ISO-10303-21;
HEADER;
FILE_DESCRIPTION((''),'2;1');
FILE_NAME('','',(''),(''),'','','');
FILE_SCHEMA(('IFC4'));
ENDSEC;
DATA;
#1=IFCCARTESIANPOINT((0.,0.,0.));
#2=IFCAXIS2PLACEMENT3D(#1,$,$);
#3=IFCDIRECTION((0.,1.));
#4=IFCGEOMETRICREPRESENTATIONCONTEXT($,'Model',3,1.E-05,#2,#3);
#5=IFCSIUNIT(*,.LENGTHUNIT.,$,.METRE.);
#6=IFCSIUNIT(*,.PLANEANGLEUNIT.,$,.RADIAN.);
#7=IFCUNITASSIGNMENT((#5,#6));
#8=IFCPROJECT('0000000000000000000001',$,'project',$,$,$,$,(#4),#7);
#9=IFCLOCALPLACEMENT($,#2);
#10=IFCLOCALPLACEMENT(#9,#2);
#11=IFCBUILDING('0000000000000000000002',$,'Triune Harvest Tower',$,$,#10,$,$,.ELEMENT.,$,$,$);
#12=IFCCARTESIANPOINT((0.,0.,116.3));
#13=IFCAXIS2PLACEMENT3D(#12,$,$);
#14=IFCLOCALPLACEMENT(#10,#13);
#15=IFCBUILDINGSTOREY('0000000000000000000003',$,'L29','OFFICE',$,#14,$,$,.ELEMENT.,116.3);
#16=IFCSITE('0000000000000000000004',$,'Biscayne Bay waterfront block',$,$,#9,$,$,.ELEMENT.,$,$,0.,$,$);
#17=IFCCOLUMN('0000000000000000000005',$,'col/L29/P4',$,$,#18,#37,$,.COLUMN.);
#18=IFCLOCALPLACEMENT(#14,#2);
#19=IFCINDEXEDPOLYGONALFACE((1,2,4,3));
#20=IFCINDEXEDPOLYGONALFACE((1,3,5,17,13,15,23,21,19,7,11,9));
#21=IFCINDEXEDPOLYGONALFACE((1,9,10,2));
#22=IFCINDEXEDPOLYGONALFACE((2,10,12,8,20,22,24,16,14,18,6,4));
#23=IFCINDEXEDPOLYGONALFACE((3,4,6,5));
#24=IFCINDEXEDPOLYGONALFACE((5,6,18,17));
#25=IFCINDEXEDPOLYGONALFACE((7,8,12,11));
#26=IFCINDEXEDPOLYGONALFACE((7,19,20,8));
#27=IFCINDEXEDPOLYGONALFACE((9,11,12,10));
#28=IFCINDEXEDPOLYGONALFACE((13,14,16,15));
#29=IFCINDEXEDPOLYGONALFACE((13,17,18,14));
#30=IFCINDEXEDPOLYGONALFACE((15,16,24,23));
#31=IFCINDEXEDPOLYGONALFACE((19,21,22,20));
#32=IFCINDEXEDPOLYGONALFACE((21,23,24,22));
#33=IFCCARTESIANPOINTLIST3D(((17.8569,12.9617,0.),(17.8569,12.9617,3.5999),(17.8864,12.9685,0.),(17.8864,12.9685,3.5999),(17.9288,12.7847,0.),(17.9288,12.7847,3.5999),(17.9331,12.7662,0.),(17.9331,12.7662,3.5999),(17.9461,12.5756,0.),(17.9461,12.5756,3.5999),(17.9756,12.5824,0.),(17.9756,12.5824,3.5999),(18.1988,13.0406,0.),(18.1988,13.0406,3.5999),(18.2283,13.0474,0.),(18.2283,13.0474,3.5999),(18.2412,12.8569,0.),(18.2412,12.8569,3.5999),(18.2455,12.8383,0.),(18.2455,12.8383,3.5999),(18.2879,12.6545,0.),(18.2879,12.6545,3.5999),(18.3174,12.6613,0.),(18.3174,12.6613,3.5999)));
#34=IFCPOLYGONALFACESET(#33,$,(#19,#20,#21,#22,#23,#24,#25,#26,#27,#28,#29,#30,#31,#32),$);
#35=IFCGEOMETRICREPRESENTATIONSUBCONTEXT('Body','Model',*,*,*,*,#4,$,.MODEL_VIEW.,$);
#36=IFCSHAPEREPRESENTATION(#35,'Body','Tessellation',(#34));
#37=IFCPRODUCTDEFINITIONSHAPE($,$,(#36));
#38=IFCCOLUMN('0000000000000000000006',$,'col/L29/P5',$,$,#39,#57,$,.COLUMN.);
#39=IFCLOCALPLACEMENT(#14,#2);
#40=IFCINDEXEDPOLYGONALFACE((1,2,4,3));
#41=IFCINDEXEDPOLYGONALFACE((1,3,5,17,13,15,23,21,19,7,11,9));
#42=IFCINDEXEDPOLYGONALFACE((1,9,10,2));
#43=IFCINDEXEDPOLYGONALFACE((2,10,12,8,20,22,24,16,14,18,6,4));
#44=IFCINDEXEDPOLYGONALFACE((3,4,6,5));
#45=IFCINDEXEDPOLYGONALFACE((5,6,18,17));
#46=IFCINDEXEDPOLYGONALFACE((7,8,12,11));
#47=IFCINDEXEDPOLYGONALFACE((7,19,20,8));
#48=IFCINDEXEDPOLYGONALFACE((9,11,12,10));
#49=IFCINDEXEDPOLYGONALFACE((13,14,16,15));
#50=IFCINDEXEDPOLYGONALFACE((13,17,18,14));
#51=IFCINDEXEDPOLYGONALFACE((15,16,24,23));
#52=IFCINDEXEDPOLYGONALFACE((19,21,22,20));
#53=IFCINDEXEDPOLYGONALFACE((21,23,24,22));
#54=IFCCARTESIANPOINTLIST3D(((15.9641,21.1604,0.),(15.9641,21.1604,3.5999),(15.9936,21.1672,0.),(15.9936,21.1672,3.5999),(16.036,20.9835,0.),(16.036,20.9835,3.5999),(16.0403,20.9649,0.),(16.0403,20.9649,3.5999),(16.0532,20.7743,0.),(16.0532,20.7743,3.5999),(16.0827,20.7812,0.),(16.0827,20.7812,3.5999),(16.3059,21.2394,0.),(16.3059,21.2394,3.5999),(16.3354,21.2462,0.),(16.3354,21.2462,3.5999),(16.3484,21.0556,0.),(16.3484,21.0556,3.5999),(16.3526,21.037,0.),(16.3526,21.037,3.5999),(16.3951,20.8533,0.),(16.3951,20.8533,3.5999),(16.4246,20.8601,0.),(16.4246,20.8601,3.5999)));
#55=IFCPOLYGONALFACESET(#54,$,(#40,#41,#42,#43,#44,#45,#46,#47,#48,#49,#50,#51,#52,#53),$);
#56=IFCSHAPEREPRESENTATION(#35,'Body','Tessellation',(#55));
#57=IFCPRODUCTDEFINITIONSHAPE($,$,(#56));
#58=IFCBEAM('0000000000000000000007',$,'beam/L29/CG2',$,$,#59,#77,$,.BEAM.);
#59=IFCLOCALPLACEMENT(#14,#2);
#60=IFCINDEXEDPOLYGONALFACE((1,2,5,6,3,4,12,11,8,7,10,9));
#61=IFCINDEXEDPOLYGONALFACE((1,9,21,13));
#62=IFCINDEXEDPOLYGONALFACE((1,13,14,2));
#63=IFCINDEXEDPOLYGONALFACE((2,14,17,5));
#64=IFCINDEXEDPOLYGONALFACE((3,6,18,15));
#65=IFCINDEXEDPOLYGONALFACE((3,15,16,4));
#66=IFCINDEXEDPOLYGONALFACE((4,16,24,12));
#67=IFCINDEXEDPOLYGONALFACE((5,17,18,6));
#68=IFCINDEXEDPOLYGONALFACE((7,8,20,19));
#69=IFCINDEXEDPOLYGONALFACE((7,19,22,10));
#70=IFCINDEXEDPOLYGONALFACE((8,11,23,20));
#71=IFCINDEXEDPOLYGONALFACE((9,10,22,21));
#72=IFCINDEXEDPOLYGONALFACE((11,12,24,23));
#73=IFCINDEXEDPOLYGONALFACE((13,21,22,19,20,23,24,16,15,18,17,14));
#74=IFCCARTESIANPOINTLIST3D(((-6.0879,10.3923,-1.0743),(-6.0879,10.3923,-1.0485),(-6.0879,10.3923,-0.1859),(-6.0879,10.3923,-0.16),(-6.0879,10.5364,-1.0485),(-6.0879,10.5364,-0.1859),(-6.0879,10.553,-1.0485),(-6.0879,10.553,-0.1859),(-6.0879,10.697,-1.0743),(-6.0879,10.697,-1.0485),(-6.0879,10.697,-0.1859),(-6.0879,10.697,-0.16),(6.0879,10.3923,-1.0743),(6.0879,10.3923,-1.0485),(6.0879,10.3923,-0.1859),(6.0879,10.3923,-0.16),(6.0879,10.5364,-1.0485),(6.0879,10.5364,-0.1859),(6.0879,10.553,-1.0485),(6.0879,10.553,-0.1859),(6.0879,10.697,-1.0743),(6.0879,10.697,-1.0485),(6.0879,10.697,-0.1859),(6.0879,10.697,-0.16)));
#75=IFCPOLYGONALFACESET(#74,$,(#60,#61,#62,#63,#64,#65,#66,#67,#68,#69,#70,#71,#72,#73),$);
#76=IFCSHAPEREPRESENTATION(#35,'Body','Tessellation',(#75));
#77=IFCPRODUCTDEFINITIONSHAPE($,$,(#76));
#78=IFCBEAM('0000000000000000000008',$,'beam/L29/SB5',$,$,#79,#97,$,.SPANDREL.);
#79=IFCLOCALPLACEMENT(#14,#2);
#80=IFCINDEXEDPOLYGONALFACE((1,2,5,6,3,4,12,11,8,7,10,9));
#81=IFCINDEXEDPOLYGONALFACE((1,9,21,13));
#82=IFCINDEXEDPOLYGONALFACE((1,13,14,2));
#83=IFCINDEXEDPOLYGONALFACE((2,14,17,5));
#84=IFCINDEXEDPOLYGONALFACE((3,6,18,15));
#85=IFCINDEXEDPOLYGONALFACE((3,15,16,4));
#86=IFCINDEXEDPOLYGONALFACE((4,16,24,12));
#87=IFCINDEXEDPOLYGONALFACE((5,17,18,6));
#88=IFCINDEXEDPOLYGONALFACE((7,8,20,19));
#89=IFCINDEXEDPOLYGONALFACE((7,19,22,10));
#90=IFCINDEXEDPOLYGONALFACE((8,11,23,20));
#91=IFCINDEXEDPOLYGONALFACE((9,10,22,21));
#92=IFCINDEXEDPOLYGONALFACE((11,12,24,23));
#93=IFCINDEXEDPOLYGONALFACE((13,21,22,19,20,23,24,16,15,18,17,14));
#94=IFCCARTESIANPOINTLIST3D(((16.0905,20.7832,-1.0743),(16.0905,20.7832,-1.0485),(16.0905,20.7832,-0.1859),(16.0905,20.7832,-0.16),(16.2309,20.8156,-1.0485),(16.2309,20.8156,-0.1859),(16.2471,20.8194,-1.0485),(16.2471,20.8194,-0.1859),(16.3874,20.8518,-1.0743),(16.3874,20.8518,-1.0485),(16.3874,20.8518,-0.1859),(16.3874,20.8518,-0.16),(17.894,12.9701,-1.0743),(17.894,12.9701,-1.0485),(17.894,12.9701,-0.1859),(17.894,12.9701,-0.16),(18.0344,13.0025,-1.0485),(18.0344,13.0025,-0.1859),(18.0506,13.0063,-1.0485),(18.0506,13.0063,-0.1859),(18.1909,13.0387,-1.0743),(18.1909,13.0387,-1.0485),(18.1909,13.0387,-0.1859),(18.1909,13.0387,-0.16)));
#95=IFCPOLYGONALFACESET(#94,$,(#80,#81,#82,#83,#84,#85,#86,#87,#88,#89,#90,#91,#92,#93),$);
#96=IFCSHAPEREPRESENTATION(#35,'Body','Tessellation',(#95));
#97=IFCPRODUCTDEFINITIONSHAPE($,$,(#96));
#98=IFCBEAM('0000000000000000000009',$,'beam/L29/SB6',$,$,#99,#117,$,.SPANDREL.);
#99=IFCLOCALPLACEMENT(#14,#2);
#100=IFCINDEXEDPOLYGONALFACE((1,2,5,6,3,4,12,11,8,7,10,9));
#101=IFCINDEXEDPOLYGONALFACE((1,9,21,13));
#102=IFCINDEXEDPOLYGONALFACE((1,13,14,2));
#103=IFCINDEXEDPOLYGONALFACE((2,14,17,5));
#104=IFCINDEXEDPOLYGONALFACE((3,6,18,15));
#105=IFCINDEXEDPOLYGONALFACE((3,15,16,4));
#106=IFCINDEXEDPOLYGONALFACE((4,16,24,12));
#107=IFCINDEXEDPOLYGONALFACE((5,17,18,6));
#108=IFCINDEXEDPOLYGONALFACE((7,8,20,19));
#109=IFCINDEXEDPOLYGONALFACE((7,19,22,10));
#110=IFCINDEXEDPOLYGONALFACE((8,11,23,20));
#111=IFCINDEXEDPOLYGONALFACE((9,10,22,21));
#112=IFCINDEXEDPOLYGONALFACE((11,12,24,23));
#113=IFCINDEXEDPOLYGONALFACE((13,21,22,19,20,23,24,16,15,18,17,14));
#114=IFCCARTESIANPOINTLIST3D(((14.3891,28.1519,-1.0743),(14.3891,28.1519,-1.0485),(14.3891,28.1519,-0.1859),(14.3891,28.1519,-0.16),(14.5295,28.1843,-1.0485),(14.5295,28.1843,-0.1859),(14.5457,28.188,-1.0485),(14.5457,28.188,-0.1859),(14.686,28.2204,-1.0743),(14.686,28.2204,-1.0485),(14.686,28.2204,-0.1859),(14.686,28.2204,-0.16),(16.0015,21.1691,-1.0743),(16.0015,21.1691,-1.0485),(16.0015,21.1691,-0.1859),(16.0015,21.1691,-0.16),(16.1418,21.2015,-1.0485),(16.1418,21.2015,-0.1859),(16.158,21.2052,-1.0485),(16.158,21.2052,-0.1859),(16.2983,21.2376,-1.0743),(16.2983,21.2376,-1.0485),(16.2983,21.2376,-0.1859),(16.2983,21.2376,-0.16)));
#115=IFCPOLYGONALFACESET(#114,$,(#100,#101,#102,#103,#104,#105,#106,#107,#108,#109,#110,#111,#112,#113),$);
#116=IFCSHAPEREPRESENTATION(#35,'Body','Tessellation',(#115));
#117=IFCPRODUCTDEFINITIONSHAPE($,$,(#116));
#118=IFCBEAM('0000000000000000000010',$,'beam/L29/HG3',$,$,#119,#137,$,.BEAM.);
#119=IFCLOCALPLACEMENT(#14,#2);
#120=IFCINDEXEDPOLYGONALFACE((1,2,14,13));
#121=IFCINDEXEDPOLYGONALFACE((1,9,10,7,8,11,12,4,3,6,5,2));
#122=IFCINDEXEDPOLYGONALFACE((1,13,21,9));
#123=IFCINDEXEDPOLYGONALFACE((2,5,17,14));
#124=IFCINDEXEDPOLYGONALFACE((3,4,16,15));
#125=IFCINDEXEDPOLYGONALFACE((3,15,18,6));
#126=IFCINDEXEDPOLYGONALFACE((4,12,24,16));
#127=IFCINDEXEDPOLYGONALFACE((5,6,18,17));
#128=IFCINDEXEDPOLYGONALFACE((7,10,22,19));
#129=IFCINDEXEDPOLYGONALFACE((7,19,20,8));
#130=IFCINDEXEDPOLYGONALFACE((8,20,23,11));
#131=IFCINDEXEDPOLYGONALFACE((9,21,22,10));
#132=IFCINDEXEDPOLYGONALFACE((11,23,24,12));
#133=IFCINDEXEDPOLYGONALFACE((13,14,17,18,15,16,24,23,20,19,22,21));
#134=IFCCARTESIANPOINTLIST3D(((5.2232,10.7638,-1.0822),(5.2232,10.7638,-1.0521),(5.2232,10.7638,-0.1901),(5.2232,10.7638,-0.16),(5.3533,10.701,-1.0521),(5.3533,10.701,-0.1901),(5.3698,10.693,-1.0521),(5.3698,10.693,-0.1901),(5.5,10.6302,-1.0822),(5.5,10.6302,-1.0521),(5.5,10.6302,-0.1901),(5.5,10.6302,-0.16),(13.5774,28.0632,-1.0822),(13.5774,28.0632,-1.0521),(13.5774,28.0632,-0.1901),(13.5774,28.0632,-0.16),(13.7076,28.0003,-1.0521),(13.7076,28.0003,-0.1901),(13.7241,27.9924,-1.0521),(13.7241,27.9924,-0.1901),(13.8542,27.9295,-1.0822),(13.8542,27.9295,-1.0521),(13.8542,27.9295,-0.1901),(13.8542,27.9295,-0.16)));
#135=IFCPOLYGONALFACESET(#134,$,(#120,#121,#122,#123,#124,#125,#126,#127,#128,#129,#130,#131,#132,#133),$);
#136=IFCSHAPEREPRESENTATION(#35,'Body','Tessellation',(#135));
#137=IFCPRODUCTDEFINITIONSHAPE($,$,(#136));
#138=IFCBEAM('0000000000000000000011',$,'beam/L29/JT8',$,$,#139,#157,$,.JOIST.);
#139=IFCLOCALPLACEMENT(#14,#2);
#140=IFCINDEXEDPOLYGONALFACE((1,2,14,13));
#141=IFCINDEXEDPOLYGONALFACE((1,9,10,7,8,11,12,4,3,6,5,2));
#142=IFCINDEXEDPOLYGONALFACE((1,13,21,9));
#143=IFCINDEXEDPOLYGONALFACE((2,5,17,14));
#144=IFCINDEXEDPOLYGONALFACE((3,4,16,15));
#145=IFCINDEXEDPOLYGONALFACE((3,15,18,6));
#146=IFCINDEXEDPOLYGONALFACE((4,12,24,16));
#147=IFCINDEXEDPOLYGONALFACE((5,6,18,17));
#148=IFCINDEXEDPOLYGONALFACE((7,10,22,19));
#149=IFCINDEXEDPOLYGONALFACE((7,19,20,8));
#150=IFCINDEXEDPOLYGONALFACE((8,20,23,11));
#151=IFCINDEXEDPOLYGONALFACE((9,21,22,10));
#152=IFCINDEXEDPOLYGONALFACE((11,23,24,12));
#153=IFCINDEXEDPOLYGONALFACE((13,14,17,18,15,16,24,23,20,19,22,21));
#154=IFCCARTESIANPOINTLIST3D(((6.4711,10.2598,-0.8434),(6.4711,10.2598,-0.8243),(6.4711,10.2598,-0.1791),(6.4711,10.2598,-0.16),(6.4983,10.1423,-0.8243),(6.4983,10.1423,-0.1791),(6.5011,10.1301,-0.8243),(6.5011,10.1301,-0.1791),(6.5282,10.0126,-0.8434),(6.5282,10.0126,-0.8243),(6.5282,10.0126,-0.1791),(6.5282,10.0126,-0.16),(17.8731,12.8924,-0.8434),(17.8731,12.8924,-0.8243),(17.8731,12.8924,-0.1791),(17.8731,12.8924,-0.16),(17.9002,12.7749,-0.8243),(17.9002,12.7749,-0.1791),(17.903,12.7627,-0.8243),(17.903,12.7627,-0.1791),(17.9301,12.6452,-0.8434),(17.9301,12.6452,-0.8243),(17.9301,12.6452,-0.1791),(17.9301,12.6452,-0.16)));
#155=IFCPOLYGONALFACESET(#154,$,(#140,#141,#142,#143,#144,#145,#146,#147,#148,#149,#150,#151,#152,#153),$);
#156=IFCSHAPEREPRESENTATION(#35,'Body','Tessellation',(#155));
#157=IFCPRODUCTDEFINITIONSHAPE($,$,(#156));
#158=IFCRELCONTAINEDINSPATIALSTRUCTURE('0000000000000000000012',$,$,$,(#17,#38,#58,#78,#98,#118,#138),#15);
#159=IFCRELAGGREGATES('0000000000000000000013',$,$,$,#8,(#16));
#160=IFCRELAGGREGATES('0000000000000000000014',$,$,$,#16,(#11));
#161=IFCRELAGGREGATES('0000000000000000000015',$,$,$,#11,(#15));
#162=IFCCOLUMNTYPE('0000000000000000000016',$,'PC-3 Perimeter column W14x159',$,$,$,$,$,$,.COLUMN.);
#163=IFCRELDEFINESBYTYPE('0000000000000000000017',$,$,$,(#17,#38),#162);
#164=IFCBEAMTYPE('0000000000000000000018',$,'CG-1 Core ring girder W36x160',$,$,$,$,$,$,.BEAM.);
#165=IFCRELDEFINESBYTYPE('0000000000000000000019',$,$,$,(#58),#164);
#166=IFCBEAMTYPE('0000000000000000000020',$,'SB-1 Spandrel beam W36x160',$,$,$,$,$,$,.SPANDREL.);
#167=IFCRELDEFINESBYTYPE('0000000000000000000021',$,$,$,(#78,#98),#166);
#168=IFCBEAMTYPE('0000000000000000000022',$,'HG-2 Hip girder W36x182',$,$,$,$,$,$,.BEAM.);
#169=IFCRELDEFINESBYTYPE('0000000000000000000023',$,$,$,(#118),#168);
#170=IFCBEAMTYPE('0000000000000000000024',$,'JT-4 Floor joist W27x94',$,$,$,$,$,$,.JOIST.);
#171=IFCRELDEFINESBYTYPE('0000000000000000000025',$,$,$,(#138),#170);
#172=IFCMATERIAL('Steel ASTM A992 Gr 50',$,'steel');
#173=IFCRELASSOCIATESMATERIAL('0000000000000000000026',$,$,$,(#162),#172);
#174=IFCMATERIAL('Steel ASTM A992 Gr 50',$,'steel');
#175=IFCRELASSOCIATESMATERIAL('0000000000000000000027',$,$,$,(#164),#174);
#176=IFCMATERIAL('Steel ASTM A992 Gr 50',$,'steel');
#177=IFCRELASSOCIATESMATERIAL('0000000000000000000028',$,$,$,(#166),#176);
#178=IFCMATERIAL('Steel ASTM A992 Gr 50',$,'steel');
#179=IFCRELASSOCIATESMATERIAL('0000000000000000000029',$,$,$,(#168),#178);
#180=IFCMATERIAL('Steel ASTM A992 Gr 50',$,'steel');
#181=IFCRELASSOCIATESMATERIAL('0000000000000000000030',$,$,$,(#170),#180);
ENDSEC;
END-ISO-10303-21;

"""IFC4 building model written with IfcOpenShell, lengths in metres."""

from ifc_helpers import new_model, si_unit, direction, frame, origin, origin_2d, place, context, subcontext, project, spatial, i_section, extrude, source, transform, mapped, material, material_profile, profile_set, type_object, element, save


model = new_model("IFC4")

# Units and contexts
model_context = context("Model", 3, precision=1e-05, world=origin(), true_north=direction((0.0, 1.0)))
body_context = subcontext(model_context, "Body", "Model", "MODEL_VIEW")
ifc_project = project(units=[si_unit("LENGTHUNIT", "METRE"), si_unit("PLANEANGLEUNIT", "RADIAN")], contexts=[model_context])

# Site, building, storey
site_placement = place(None, origin())
site = spatial("IfcSite", under=ifc_project, at=site_placement, Name="Biscayne Bay waterfront block", CompositionType="ELEMENT", RefElevation=0.0)
building_placement = place(site_placement, origin())
building = spatial("IfcBuilding", under=site, at=building_placement, Name="Triune Harvest Tower", CompositionType="ELEMENT")
storey_placement = place(building_placement, frame((0.0, 0.0, 116.3)))
storey = spatial("IfcBuildingStorey", under=building, at=storey_placement, Name="L29", Description="OFFICE", CompositionType="ELEMENT", Elevation=116.3)

# Columns
ifc_material_1 = material(Name="Steel ASTM A992 Gr 50", Category="steel")
ifc_material_profile_1 = material_profile(ifc_material_1, i_section(OverallWidth=0.3962, OverallDepth=0.3811, WebThickness=0.019, FlangeThickness=0.0303, at=origin_2d()), Name="W14x159")
ifc_profile_set_1 = profile_set([ifc_material_profile_1], Name="Steel ASTM A992 Gr 50")
column_type = type_object("IfcColumnType", Name="PC-3 Perimeter column W14x159", PredefinedType="COLUMN", material=ifc_profile_set_1)
shared_shape_1 = source(origin(), body_context, "Body", "SweptSolid", [
    extrude(i_section(OverallWidth=0.3962, OverallDepth=0.3811, WebThickness=0.019, FlangeThickness=0.0303, at=origin_2d()), origin(), (0.0, 0.0, 1.0), 3.5999),
])
for number, where, z_axis, x_axis, name in (
    (1, (18.0872, 12.8115, 0.0), (0.0, 0.0, 1.0), (-0.224953, 0.97437, 0.0), "col/L29/P4"),
    (2, (16.1943, 21.0103, 0.0), (0.0, 0.0, 1.0), (-0.224953, 0.97437, 0.0), "col/L29/P5"),
):
    element("IfcColumn", number, at=place(storey_placement, frame(where, z_axis=z_axis, x_axis=x_axis)), inside=storey, type_object=column_type, Name=name, PredefinedType="COLUMN", context=body_context, shape_type="MappedRepresentation", body=[
        mapped(shared_shape_1, transform((0.0, 0.0, 0.0), scale=1.0)),
    ])

# Beams
ifc_material_2 = material(Name="Steel ASTM A992 Gr 50", Category="steel")
ifc_material_profile_2 = material_profile(ifc_material_2, i_section(OverallWidth=0.3047, OverallDepth=0.9143, WebThickness=0.0166, FlangeThickness=0.0259, at=origin_2d()), Name="W36x160")
ifc_profile_set_2 = profile_set([ifc_material_profile_2], Name="Steel ASTM A992 Gr 50")
beam_type_1 = type_object("IfcBeamType", Name="CG-1 Core ring girder W36x160", PredefinedType="BEAM", material=ifc_profile_set_2)
shared_shape_2 = source(origin(), body_context, "Body", "SweptSolid", [
    extrude(i_section(OverallWidth=0.3047, OverallDepth=0.9143, WebThickness=0.0166, FlangeThickness=0.0259, at=origin_2d()), origin(), (0.0, 0.0, 1.0), 12.1758),
])
beam_1_placement = place(storey_placement, frame((6.0879, 10.5447, -0.6172), z_axis=(-1.0, 0.0, 0.0), x_axis=(0.0, -1.0, 0.0)))
element("IfcBeam", 3, at=beam_1_placement, inside=storey, type_object=beam_type_1, Name="beam/L29/CG2", PredefinedType="BEAM", context=body_context, shape_type="MappedRepresentation", body=[
    mapped(shared_shape_2, transform((0.0, 0.0, 0.0), scale=1.0)),
])
ifc_material_3 = material(Name="Steel ASTM A992 Gr 50", Category="steel")
ifc_material_profile_3 = material_profile(ifc_material_3, i_section(OverallWidth=0.3047, OverallDepth=0.9143, WebThickness=0.0166, FlangeThickness=0.0259, at=origin_2d()), Name="W36x160")
ifc_profile_set_3 = profile_set([ifc_material_profile_3], Name="Steel ASTM A992 Gr 50")
beam_type_2 = type_object("IfcBeamType", Name="SB-1 Spandrel beam W36x160", PredefinedType="SPANDREL", material=ifc_profile_set_3)
shared_shape_3 = source(origin(), body_context, "Body", "SweptSolid", [
    extrude(i_section(OverallWidth=0.3047, OverallDepth=0.9143, WebThickness=0.0166, FlangeThickness=0.0259, at=origin_2d()), origin(), (0.0, 0.0, 1.0), 8.0186),
])
beam_2_placement = place(storey_placement, frame((18.0425, 13.0044, -0.6172), z_axis=(-0.224915, 0.974378, 0.0), x_axis=(-0.974378, -0.224915, 0.0)))
element("IfcBeam", 4, at=beam_2_placement, inside=storey, type_object=beam_type_2, Name="beam/L29/SB5", PredefinedType="SPANDREL", context=body_context, shape_type="MappedRepresentation", body=[
    mapped(shared_shape_3, transform((0.0, 0.0, 0.0), scale=1.0)),
])
shared_shape_4 = source(origin(), body_context, "Body", "SweptSolid", [
    extrude(i_section(OverallWidth=0.3047, OverallDepth=0.9143, WebThickness=0.0166, FlangeThickness=0.0259, at=origin_2d()), origin(), (0.0, 0.0, 1.0), 7.1665),
])
beam_3_placement = place(storey_placement, frame((16.1499, 21.2034, -0.6172), z_axis=(-0.224981, 0.974363, 0.0), x_axis=(-0.974363, -0.224981, 0.0)))
element("IfcBeam", 5, at=beam_3_placement, inside=storey, type_object=beam_type_2, Name="beam/L29/SB6", PredefinedType="SPANDREL", context=body_context, shape_type="MappedRepresentation", body=[
    mapped(shared_shape_4, transform((0.0, 0.0, 0.0), scale=1.0)),
])
ifc_material_4 = material(Name="Steel ASTM A992 Gr 50", Category="steel")
ifc_material_profile_4 = material_profile(ifc_material_4, i_section(OverallWidth=0.3074, OverallDepth=0.9221, WebThickness=0.0183, FlangeThickness=0.03, at=origin_2d()), Name="W36x182")
ifc_profile_set_4 = profile_set([ifc_material_profile_4], Name="Steel ASTM A992 Gr 50")
beam_type_3 = type_object("IfcBeamType", Name="HG-2 Hip girder W36x182", PredefinedType="BEAM", material=ifc_profile_set_4)
shared_shape_5 = source(origin(), body_context, "Body", "SweptSolid", [
    extrude(i_section(OverallWidth=0.3074, OverallDepth=0.9221, WebThickness=0.0183, FlangeThickness=0.03, at=origin_2d()), origin(), (0.0, 0.0, 1.0), 19.2109),
])
beam_4_placement = place(storey_placement, frame((13.7158, 27.9963, -0.6211), z_axis=(-0.43487, -0.900493, 0.0), x_axis=(0.900493, -0.43487, 0.0)))
element("IfcBeam", 6, at=beam_4_placement, inside=storey, type_object=beam_type_3, Name="beam/L29/HG3", PredefinedType="BEAM", context=body_context, shape_type="MappedRepresentation", body=[
    mapped(shared_shape_5, transform((0.0, 0.0, 0.0), scale=1.0)),
])
ifc_material_5 = material(Name="Steel ASTM A992 Gr 50", Category="steel")
ifc_material_profile_5 = material_profile(ifc_material_5, i_section(OverallWidth=0.2537, OverallDepth=0.6833, WebThickness=0.0125, FlangeThickness=0.019, at=origin_2d()), Name="W27x94")
ifc_profile_set_5 = profile_set([ifc_material_profile_5], Name="Steel ASTM A992 Gr 50")
beam_type_4 = type_object("IfcBeamType", Name="JT-4 Floor joist W27x94", PredefinedType="JOIST", material=ifc_profile_set_5)
shared_shape_6 = source(origin(), body_context, "Body", "SweptSolid", [
    extrude(i_section(OverallWidth=0.2537, OverallDepth=0.6833, WebThickness=0.0125, FlangeThickness=0.019, at=origin_2d()), origin(), (0.0, 0.0, 1.0), 11.7019),
])
beam_5_placement = place(storey_placement, frame((17.9016, 12.7688, -0.5017), z_axis=(-0.974366, -0.224971, 0.0), x_axis=(0.224971, -0.974366, 0.0)))
element("IfcBeam", 7, at=beam_5_placement, inside=storey, type_object=beam_type_4, Name="beam/L29/JT8", PredefinedType="JOIST", context=body_context, shape_type="MappedRepresentation", body=[
    mapped(shared_shape_6, transform((0.0, 0.0, 0.0), scale=1.0)),
])

save(model, "model.ifc")
